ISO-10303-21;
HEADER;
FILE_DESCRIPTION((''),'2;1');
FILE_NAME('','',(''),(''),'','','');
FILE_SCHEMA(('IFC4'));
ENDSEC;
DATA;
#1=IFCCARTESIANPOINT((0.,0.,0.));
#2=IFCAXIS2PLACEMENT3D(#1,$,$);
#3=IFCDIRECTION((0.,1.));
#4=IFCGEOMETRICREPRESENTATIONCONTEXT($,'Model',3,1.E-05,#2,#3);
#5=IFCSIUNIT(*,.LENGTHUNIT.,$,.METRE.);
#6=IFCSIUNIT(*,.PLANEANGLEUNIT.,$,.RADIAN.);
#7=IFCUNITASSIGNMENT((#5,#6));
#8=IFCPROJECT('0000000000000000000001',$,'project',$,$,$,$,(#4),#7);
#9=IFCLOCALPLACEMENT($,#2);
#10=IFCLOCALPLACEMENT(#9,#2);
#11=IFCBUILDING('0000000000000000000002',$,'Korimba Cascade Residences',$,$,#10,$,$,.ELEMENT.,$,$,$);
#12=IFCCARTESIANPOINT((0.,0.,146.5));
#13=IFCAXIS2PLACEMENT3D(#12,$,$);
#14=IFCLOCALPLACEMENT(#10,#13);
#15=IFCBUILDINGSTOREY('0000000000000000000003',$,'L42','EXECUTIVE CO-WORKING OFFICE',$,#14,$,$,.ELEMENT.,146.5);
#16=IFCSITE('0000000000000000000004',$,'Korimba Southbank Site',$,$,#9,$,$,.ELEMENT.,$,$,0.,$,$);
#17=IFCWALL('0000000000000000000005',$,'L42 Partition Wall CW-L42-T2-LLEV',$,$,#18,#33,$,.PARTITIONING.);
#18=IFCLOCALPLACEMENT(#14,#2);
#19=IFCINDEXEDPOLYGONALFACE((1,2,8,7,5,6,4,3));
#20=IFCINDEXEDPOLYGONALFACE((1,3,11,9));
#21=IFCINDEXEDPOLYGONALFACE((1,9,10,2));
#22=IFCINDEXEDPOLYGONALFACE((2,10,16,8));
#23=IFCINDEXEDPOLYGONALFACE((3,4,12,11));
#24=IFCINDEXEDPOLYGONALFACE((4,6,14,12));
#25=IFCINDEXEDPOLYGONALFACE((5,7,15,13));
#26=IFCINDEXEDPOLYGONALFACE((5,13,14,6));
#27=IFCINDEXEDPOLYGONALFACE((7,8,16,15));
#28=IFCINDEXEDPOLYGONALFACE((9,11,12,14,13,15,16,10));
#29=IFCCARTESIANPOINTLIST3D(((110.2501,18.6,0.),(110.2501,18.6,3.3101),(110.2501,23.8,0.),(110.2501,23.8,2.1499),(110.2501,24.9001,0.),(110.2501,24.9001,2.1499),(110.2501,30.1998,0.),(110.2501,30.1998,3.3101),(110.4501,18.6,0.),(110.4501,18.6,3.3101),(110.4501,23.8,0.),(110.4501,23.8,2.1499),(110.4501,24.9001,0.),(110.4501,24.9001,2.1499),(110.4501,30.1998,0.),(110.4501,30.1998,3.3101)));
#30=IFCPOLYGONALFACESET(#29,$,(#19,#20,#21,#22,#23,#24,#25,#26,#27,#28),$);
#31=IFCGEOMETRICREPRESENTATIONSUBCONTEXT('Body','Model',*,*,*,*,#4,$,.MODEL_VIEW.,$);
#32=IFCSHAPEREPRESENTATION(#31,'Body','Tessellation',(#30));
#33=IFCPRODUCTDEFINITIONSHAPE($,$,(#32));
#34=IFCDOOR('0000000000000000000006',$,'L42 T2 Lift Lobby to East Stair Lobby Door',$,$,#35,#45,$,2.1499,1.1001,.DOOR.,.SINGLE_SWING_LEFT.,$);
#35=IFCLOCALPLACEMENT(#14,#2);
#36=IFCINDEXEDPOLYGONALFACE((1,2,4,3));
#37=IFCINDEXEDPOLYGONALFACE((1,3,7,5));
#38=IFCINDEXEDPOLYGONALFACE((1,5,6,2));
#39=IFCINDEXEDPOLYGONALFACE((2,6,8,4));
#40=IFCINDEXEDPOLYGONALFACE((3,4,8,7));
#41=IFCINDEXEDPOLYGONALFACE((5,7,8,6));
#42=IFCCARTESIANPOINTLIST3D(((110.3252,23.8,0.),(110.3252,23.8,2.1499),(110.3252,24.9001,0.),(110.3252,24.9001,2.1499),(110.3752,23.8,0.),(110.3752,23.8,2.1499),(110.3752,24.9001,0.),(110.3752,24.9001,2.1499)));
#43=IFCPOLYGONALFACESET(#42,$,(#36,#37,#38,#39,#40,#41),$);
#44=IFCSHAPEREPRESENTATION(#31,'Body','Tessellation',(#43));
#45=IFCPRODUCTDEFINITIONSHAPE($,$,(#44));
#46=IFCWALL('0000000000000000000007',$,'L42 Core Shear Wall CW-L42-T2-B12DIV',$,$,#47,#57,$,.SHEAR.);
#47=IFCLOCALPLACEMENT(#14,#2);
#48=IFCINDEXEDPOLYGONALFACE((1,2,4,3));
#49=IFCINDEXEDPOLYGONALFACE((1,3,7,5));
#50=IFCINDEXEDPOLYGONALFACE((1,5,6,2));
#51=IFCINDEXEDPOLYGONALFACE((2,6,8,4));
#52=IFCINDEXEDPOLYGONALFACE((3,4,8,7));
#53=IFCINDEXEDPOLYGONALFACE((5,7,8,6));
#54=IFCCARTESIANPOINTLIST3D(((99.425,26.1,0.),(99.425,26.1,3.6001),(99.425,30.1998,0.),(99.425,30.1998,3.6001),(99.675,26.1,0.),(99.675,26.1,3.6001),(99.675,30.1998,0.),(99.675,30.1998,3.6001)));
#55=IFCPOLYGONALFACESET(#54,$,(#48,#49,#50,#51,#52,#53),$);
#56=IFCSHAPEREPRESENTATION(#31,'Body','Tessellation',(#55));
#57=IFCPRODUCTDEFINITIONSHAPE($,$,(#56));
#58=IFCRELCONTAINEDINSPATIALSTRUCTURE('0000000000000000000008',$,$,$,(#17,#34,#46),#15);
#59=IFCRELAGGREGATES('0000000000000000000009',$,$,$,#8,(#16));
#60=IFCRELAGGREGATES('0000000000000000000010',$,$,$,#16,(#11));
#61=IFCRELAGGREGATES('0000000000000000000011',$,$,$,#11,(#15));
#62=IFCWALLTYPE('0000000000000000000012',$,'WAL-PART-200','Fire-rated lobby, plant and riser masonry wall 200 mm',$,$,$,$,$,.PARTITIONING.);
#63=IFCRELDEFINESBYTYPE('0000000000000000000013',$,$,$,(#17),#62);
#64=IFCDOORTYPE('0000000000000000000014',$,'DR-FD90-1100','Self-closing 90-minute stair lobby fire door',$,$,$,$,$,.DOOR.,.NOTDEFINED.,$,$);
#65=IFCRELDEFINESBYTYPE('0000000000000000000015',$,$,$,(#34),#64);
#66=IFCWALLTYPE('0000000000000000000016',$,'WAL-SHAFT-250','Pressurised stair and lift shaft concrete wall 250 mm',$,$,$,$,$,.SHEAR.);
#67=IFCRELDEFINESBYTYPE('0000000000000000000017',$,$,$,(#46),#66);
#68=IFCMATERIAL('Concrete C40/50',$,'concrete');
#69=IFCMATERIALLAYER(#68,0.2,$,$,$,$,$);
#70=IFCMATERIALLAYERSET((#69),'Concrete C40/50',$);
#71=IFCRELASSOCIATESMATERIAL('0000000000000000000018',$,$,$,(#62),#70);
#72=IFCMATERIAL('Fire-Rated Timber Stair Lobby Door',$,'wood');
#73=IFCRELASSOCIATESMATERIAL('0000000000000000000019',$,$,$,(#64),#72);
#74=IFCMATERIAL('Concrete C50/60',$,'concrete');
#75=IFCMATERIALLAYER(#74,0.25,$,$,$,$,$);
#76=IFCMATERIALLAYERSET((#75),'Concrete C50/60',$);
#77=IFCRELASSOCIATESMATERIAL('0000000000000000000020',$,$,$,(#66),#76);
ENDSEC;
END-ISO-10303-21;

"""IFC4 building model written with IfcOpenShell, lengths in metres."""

from ifc_helpers import new_model, si_unit, direction, frame, frame_2d, origin, place, context, subcontext, project, spatial, rectangle, extrude, material, layer, layer_set, type_object, element, fill, save


model = new_model("IFC4")

# Units and contexts
model_context = context("Model", 3, precision=1e-05, world=origin(), true_north=direction((0.0, 1.0)))
body_context = subcontext(model_context, "Body", "Model", "MODEL_VIEW")
ifc_project = project(units=[si_unit("LENGTHUNIT", "METRE"), si_unit("PLANEANGLEUNIT", "RADIAN")], contexts=[model_context])

# Site, building, storey
site_placement = place(None, origin())
site = spatial("IfcSite", under=ifc_project, at=site_placement, Name="Korimba Southbank Site", CompositionType="ELEMENT", RefElevation=0.0)
building_placement = place(site_placement, origin())
building = spatial("IfcBuilding", under=site, at=building_placement, Name="Korimba Cascade Residences", CompositionType="ELEMENT")
storey_placement = place(building_placement, frame((0.0, 0.0, 146.5)))
storey = spatial("IfcBuildingStorey", under=building, at=storey_placement, Name="L42", Description="EXECUTIVE CO-WORKING OFFICE", CompositionType="ELEMENT", Elevation=146.5)

# Shared definitions
ifc_material_1 = material(Name="Concrete C40/50", Category="concrete")
ifc_layer_1 = layer(ifc_material_1, 0.2)
ifc_layer_set_1 = layer_set([ifc_layer_1], Name="Concrete C40/50")
wall_type_1 = type_object("IfcWallType", Name="WAL-PART-200", Description="Fire-rated lobby, plant and riser masonry wall 200 mm", PredefinedType="PARTITIONING", material=ifc_layer_set_1)

# Wall, opening, door
wall_1_placement = place(storey_placement, frame((110.3501, 18.6001, 0.0), z_axis=(0.0, 0.0, 1.0), x_axis=(0.0, 1.0, 0.0)))
wall_1 = element("IfcWall", 1, at=wall_1_placement, inside=storey, type_object=wall_type_1, Name="L42 Partition Wall CW-L42-T2-LLEV", PredefinedType="PARTITIONING", context=body_context, shape_type="SweptSolid", body=[
    extrude(rectangle(XDim=11.5999, YDim=0.2, at=frame_2d((5.7998, 0.0))), origin(), (0.0, 0.0, 1.0), 3.3101),
])
opening_1_placement = place(wall_1_placement, frame((5.2, 0.0, 0.0)))
opening_1 = element("IfcOpeningElement", 2, at=opening_1_placement, cuts=wall_1, PredefinedType="OPENING", context=body_context, shape_type="SweptSolid", body=[
    extrude(rectangle(XDim=1.1001, YDim=2.1499, at=frame_2d((0.55, 1.075))), frame((0.0, 0.1099, 0.0), z_axis=(0.0, -1.0, 0.0), x_axis=(1.0, 0.0, 0.0)), (0.0, 0.0, 1.0), 0.22),
])
ifc_material_2 = material(Name="Fire-Rated Timber Stair Lobby Door", Category="wood")
door_type_1 = type_object("IfcDoorType", Name="DR-FD90-1100", Description="Self-closing 90-minute stair lobby fire door", OperationType="NOTDEFINED", PredefinedType="DOOR", material=ifc_material_2)
door_1_placement = place(opening_1_placement, origin())
door_1 = element("IfcDoor", 3, at=door_1_placement, inside=storey, type_object=door_type_1, Name="L42 T2 Lift Lobby to East Stair Lobby Door", OperationType="SINGLE_SWING_LEFT", OverallHeight=2.1499, OverallWidth=1.1001, PredefinedType="DOOR", context=body_context, shape_type="SweptSolid", body=[
    extrude(rectangle(XDim=1.1001, YDim=2.1499, at=frame_2d((0.55, 1.075))), frame((0.0, 0.0249, 0.0), z_axis=(0.0, -1.0, 0.0), x_axis=(1.0, 0.0, 0.0)), (0.0, 0.0, 1.0), 0.05),
])
fill(opening_1, door_1)

# Wall
ifc_material_3 = material(Name="Concrete C50/60", Category="concrete")
ifc_layer_2 = layer(ifc_material_3, 0.25)
ifc_layer_set_2 = layer_set([ifc_layer_2], Name="Concrete C50/60")
wall_type_2 = type_object("IfcWallType", Name="WAL-SHAFT-250", Description="Pressurised stair and lift shaft concrete wall 250 mm", PredefinedType="SHEAR", material=ifc_layer_set_2)
wall_2_placement = place(storey_placement, frame((99.55, 26.1001, 0.0), z_axis=(0.0, 0.0, 1.0), x_axis=(0.0, 1.0, 0.0)))
element("IfcWall", 4, at=wall_2_placement, inside=storey, type_object=wall_type_2, Name="L42 Core Shear Wall CW-L42-T2-B12DIV", PredefinedType="SHEAR", context=body_context, shape_type="SweptSolid", body=[
    extrude(rectangle(XDim=4.0999, YDim=0.25, at=frame_2d((2.0498, 0.0))), origin(), (0.0, 0.0, 1.0), 3.6001),
])

save(model, "model.ifc")
